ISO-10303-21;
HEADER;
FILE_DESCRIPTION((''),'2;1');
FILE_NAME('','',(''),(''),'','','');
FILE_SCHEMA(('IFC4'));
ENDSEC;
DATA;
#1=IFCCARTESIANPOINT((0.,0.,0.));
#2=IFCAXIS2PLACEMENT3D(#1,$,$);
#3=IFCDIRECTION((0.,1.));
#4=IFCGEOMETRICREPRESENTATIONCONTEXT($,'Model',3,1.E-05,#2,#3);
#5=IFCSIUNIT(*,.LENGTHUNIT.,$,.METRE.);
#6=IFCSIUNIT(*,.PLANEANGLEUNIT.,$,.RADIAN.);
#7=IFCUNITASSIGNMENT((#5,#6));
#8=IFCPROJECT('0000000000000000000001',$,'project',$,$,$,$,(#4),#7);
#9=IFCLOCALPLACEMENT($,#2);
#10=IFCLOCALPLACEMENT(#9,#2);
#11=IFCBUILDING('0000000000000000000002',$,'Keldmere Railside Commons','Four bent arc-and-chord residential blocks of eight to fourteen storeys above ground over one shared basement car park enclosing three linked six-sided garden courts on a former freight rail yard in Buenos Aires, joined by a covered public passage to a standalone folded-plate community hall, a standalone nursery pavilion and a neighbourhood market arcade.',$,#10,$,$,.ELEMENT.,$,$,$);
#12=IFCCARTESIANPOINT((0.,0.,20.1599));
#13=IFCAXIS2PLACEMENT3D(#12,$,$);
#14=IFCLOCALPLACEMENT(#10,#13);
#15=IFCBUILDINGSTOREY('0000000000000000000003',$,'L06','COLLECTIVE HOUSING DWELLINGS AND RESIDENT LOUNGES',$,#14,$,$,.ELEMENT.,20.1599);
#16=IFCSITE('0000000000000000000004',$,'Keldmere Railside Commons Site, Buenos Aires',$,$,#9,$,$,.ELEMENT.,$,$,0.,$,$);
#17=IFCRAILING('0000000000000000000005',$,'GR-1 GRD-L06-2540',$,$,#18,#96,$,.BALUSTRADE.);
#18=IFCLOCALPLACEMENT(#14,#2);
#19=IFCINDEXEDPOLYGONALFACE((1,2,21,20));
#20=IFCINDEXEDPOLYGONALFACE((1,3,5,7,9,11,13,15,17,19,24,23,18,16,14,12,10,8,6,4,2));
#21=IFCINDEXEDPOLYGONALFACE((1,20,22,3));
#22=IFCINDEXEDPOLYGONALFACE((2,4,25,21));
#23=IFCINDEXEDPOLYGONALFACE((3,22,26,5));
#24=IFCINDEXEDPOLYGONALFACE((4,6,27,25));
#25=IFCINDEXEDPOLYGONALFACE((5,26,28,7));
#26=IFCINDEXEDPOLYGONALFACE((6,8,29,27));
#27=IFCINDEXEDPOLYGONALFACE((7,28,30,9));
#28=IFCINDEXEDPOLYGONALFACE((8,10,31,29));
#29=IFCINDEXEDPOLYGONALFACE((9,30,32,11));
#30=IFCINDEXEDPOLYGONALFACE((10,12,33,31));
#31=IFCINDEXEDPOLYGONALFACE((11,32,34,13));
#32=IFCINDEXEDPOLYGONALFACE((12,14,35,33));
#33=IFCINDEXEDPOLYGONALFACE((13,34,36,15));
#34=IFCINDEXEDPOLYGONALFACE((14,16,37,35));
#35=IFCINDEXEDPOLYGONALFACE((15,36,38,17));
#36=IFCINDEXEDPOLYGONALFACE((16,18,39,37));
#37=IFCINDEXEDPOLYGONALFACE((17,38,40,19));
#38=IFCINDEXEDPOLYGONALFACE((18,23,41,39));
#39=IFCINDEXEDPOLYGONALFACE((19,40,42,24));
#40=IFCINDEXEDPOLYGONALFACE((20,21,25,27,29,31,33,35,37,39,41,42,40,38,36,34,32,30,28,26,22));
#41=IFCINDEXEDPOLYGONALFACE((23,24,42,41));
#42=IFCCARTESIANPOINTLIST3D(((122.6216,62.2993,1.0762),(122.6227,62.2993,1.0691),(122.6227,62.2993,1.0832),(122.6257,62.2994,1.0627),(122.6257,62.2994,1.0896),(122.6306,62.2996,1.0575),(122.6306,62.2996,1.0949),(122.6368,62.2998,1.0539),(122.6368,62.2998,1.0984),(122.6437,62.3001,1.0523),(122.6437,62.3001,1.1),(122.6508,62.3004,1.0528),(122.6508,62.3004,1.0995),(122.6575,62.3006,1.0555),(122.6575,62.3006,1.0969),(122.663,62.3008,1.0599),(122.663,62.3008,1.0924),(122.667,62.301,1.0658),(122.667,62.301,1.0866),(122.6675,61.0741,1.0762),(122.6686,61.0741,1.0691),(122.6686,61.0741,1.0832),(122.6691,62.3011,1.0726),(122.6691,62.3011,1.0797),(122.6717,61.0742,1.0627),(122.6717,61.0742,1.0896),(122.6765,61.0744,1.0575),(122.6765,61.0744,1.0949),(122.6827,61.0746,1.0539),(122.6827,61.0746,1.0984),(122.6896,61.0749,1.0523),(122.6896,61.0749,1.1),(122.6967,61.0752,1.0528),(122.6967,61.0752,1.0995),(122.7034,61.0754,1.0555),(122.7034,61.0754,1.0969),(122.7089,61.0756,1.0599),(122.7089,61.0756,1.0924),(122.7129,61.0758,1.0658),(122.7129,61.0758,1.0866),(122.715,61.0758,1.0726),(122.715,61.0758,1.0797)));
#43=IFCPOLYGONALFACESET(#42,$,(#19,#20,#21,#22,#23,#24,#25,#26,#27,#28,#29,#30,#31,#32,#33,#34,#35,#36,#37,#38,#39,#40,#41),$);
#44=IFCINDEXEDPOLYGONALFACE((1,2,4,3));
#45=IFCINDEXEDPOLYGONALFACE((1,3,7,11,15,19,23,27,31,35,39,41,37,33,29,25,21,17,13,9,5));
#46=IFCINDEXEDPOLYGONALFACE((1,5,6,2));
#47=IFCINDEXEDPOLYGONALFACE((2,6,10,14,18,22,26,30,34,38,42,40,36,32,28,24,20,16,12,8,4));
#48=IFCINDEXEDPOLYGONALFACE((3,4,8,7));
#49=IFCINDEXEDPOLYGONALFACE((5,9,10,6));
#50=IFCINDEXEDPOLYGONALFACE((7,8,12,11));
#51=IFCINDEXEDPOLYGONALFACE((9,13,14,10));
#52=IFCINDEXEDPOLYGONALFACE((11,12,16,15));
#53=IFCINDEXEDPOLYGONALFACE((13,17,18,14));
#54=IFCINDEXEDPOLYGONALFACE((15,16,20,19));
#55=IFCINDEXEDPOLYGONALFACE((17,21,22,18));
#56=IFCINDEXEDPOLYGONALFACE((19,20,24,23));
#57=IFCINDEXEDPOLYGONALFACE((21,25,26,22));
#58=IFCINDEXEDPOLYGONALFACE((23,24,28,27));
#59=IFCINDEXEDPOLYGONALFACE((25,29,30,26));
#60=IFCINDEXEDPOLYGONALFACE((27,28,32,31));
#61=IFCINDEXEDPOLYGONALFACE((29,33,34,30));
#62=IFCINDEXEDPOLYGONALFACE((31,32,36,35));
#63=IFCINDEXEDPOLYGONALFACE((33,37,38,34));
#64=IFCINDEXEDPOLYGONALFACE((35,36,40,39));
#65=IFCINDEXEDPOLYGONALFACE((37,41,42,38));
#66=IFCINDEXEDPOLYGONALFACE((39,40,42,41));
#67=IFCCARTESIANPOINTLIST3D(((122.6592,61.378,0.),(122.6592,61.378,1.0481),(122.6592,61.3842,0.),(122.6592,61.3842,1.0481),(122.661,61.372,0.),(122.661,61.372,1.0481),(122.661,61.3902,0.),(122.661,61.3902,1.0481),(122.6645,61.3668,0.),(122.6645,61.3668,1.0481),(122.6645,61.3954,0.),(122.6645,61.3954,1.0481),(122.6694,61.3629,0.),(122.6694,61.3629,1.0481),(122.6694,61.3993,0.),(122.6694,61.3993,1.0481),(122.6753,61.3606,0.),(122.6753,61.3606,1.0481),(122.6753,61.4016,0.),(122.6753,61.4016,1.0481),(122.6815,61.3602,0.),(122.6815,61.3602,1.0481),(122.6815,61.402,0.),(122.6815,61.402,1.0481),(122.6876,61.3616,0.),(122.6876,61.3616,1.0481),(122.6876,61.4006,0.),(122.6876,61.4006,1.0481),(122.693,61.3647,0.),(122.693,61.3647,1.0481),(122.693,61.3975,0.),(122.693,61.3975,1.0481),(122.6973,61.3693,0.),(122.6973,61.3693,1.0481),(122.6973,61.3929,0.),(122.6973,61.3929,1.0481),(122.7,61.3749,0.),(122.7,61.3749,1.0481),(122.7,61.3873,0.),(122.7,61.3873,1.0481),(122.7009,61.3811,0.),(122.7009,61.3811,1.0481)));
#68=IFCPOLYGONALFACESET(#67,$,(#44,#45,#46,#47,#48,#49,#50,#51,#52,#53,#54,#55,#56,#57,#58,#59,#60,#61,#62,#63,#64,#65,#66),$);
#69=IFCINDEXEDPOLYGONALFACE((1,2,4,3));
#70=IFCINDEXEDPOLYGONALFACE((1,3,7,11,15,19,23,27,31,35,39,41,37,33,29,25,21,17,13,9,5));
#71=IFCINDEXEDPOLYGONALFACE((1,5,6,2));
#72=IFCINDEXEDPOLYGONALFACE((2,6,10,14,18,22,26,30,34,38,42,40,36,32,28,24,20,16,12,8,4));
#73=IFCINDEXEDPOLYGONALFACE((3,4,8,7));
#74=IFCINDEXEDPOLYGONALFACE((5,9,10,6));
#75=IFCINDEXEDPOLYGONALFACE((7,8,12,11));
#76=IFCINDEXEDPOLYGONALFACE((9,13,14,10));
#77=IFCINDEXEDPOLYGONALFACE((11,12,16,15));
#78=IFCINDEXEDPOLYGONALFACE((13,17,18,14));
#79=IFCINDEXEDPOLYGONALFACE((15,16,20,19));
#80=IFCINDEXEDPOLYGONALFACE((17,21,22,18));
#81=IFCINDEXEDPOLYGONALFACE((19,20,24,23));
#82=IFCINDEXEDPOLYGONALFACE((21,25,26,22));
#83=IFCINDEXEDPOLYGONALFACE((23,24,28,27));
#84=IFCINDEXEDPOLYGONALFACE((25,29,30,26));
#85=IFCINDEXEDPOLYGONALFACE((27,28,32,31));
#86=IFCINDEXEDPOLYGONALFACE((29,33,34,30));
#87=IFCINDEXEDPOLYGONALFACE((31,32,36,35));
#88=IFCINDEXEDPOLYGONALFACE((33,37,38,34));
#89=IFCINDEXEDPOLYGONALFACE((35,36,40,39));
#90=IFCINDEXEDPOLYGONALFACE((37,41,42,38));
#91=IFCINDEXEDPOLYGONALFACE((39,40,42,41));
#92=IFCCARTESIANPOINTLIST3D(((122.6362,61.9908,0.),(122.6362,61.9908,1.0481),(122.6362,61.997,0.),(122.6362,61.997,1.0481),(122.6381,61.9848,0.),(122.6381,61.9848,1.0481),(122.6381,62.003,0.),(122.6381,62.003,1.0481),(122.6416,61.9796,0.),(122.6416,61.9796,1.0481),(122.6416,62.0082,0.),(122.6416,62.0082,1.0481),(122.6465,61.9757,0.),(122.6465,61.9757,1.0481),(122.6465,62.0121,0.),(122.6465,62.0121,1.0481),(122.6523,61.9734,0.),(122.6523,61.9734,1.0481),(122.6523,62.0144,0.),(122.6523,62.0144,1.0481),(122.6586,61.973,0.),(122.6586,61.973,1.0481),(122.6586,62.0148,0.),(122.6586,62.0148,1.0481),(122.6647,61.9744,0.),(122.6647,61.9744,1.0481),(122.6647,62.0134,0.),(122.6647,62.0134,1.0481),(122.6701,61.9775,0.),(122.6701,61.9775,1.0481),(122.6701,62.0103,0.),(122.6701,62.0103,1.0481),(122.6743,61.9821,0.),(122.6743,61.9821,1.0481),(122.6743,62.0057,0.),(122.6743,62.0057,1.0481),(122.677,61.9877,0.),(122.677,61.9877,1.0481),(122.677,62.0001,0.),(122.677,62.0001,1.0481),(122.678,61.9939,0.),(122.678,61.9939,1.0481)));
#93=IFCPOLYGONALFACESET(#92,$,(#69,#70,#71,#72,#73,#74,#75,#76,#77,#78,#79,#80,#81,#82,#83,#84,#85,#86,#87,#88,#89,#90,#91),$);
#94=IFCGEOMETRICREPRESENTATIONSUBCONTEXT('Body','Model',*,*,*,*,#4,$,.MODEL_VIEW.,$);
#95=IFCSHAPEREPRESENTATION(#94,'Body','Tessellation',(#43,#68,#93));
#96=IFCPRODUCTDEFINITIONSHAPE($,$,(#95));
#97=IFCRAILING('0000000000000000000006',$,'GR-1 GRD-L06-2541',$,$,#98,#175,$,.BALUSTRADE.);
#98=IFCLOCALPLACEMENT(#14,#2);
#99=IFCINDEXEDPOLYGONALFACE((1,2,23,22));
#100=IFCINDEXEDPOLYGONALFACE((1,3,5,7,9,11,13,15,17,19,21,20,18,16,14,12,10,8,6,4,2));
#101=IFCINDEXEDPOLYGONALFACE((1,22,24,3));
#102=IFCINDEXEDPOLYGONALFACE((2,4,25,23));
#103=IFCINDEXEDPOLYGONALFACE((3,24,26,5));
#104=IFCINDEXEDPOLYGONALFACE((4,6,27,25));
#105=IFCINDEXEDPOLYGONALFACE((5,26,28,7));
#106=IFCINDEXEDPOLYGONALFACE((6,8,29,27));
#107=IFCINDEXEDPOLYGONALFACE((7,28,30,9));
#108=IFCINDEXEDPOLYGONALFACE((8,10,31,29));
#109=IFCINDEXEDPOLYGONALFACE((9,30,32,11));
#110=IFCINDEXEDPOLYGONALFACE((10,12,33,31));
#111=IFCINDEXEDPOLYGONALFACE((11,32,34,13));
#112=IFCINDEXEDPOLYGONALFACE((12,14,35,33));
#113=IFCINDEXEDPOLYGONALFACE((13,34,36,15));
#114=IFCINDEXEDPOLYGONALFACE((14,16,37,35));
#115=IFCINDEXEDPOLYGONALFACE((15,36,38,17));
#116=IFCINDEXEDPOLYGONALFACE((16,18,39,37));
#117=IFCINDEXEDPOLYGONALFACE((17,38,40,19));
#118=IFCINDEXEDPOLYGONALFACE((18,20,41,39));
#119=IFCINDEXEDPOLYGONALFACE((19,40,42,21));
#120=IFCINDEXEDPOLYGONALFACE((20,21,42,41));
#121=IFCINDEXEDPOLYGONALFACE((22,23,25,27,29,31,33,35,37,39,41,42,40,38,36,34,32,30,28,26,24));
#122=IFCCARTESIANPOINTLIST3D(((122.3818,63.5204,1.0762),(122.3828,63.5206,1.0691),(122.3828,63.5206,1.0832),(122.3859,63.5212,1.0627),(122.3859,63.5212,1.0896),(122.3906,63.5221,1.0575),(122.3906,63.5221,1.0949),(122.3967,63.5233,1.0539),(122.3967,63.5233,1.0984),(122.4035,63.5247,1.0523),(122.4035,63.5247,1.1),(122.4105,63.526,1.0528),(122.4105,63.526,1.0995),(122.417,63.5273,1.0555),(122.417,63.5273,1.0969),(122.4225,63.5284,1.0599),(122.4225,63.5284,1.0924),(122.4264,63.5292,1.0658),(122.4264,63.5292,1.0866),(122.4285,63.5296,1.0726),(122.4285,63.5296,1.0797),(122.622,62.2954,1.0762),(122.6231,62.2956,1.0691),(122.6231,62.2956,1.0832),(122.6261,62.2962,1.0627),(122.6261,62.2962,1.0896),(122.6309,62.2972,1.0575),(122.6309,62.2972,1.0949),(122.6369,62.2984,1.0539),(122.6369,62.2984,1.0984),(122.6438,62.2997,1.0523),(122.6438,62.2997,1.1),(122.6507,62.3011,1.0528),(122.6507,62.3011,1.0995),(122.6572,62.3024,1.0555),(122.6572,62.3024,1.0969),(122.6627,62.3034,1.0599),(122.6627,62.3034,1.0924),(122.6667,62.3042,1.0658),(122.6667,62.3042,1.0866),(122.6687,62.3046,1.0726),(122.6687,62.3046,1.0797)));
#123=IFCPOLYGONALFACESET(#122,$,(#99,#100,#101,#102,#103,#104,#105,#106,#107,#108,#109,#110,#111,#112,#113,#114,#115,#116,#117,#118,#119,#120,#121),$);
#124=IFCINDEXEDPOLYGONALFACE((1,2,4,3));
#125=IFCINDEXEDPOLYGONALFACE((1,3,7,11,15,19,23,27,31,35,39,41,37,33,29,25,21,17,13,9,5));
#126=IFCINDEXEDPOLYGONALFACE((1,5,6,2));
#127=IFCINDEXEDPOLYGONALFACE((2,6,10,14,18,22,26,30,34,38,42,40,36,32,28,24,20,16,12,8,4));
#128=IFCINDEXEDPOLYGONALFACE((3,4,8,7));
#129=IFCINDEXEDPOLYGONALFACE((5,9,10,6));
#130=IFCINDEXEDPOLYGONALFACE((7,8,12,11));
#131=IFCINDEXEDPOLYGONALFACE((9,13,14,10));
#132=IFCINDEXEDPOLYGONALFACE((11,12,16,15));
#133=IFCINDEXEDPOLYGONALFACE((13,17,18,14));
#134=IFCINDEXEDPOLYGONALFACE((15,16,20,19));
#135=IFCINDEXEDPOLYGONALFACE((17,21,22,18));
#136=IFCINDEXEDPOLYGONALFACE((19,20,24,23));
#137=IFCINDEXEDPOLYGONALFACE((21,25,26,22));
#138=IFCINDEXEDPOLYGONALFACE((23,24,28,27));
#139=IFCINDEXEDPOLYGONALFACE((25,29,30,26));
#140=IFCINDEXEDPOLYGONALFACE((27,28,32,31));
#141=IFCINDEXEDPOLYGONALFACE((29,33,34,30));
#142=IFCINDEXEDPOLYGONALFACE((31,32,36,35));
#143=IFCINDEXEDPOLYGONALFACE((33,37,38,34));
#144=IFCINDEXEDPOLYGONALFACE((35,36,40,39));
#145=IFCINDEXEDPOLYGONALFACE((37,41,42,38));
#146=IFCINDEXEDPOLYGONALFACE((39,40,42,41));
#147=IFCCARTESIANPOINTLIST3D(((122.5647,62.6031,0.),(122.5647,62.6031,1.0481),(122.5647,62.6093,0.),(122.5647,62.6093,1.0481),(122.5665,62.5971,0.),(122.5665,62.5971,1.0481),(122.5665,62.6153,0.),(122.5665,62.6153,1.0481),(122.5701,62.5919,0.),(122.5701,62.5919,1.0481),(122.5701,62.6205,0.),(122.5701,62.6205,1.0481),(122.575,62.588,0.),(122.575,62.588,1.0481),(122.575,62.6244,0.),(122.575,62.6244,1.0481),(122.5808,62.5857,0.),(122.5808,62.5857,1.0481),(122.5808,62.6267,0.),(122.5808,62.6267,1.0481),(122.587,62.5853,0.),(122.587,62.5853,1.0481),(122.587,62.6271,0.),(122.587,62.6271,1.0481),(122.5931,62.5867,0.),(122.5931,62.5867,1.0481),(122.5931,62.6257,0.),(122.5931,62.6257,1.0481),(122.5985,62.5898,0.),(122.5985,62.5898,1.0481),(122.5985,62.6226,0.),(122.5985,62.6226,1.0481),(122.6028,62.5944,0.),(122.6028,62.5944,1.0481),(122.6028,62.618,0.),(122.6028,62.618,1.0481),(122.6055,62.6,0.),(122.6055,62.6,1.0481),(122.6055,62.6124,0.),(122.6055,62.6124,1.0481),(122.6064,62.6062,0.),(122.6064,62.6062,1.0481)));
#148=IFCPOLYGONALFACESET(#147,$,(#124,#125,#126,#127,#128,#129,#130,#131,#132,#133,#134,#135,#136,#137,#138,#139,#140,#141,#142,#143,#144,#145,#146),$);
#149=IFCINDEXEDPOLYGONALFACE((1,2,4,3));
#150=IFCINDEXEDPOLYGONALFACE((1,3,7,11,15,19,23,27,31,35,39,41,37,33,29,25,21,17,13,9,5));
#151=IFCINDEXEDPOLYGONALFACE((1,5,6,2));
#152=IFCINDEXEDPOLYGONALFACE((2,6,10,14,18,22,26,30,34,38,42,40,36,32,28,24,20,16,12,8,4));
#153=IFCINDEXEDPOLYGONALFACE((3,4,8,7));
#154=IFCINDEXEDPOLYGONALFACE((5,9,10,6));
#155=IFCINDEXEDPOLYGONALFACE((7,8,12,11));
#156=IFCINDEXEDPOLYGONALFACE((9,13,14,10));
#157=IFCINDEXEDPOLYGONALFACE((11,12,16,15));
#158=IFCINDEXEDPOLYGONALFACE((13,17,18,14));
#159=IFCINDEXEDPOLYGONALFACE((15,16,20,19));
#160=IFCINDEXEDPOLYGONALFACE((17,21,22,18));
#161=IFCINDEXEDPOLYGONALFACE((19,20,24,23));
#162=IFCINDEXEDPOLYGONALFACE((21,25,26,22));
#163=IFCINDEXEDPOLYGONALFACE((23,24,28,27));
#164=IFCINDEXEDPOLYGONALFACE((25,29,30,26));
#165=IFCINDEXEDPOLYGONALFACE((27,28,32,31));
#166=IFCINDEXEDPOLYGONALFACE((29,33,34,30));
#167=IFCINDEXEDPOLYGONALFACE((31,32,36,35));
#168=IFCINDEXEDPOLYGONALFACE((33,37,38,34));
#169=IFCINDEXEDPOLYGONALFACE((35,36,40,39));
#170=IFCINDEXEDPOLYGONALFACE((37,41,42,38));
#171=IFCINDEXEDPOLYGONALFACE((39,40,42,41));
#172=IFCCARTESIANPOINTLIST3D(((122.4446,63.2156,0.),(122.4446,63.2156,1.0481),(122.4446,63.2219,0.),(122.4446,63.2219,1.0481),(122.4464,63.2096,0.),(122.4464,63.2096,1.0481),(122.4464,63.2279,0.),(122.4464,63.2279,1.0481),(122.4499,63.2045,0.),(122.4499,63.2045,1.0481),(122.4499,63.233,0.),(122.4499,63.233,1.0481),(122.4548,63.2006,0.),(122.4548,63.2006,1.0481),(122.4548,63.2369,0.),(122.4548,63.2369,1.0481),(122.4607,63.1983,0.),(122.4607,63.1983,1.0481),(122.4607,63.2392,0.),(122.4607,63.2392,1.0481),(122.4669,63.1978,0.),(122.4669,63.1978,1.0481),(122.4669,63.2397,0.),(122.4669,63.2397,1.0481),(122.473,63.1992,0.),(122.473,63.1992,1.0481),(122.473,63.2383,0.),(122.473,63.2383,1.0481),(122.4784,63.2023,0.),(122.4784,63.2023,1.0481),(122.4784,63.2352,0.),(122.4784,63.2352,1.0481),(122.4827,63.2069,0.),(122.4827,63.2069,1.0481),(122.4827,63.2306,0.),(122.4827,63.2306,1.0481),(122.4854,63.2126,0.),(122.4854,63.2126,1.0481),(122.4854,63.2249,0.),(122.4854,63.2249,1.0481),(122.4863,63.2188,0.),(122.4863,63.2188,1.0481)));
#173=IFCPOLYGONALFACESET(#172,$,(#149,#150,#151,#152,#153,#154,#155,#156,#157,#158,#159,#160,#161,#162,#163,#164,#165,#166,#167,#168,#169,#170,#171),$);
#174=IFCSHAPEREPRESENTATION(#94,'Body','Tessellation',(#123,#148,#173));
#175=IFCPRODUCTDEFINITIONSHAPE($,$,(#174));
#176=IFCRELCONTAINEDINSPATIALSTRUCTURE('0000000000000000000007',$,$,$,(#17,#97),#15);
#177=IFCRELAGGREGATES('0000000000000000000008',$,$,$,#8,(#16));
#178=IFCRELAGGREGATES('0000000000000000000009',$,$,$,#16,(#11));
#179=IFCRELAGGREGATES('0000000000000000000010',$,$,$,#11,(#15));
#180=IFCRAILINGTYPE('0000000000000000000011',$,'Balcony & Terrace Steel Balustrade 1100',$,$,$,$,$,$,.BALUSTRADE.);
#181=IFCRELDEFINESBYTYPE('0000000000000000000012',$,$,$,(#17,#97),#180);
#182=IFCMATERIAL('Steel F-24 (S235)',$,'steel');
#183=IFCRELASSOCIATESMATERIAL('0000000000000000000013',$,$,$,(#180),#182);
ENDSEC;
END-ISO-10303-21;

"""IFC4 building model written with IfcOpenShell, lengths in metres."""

from ifc_helpers import new_model, si_unit, direction, frame, origin, origin_2d, place, context, subcontext, project, spatial, circle, extrude, material, type_object, element, save


model = new_model("IFC4")

# Units and contexts
model_context = context("Model", 3, precision=1e-05, world=origin(), true_north=direction((0.0, 1.0)))
body_context = subcontext(model_context, "Body", "Model", "MODEL_VIEW")
ifc_project = project(units=[si_unit("LENGTHUNIT", "METRE"), si_unit("PLANEANGLEUNIT", "RADIAN")], contexts=[model_context])

# Site, building, storey
site_placement = place(None, origin())
site = spatial("IfcSite", under=ifc_project, at=site_placement, Name="Keldmere Railside Commons Site, Buenos Aires", CompositionType="ELEMENT", RefElevation=0.0)
building_placement = place(site_placement, origin())
building = spatial("IfcBuilding", under=site, at=building_placement, Name="Keldmere Railside Commons", Description="Four bent arc-and-chord residential blocks of eight to fourteen storeys above ground over one shared basement car park enclosing three linked six-sided garden courts on a former freight rail yard in Buenos Aires, joined by a covered public passage to a standalone folded-plate community hall, a standalone nursery pavilion and a neighbourhood market arcade.", CompositionType="ELEMENT")
storey_placement = place(building_placement, frame((0.0, 0.0, 20.1599)))
storey = spatial("IfcBuildingStorey", under=building, at=storey_placement, Name="L06", Description="COLLECTIVE HOUSING DWELLINGS AND RESIDENT LOUNGES", CompositionType="ELEMENT", Elevation=20.1599)

# Railings
ifc_material_1 = material(Name="Steel F-24 (S235)", Category="steel")
railing_type = type_object("IfcRailingType", Name="Balcony & Terrace Steel Balustrade 1100", PredefinedType="BALUSTRADE", material=ifc_material_1)
railing_1_placement = place(storey_placement, frame((122.6914, 61.075, 0.0)))
element("IfcRailing", 1, at=railing_1_placement, inside=storey, type_object=railing_type, Name="GR-1 GRD-L06-2540", PredefinedType="BALUSTRADE", context=body_context, shape_type="SweptSolid", body=[
    extrude(circle(Radius=0.0239, at=origin_2d()), frame((0.0, 0.0, 1.0762), z_axis=(-0.037439, 0.999299, 0.0), x_axis=(-0.999299, -0.037439, 0.0)), (0.0, 0.0, 1.0), 1.2261),
    extrude(circle(Radius=0.021, at=origin_2d()), frame((-0.0115, 0.3062, 0.0)), (0.0, 0.0, 1.0), 1.0481),
    extrude(circle(Radius=0.021, at=origin_2d()), frame((-0.0344, 0.9189, 0.0)), (0.0, 0.0, 1.0), 1.0481),
])
railing_2_placement = place(storey_placement, frame((122.6455, 62.3, 0.0)))
element("IfcRailing", 2, at=railing_2_placement, inside=storey, type_object=railing_type, Name="GR-1 GRD-L06-2541", PredefinedType="BALUSTRADE", context=body_context, shape_type="SweptSolid", body=[
    extrude(circle(Radius=0.0239, at=origin_2d()), frame((0.0, 0.0, 1.0762), z_axis=(-0.192466, 0.981304, 0.0), x_axis=(-0.981304, -0.192466, 0.0)), (0.0, 0.0, 1.0), 1.2483),
    extrude(circle(Radius=0.021, at=origin_2d()), frame((-0.0601, 0.3062, 0.0)), (0.0, 0.0, 1.0), 1.0481),
    extrude(circle(Radius=0.021, at=origin_2d()), frame((-0.1802, 0.9187, 0.0)), (0.0, 0.0, 1.0), 1.0481),
])

save(model, "model.ifc")
